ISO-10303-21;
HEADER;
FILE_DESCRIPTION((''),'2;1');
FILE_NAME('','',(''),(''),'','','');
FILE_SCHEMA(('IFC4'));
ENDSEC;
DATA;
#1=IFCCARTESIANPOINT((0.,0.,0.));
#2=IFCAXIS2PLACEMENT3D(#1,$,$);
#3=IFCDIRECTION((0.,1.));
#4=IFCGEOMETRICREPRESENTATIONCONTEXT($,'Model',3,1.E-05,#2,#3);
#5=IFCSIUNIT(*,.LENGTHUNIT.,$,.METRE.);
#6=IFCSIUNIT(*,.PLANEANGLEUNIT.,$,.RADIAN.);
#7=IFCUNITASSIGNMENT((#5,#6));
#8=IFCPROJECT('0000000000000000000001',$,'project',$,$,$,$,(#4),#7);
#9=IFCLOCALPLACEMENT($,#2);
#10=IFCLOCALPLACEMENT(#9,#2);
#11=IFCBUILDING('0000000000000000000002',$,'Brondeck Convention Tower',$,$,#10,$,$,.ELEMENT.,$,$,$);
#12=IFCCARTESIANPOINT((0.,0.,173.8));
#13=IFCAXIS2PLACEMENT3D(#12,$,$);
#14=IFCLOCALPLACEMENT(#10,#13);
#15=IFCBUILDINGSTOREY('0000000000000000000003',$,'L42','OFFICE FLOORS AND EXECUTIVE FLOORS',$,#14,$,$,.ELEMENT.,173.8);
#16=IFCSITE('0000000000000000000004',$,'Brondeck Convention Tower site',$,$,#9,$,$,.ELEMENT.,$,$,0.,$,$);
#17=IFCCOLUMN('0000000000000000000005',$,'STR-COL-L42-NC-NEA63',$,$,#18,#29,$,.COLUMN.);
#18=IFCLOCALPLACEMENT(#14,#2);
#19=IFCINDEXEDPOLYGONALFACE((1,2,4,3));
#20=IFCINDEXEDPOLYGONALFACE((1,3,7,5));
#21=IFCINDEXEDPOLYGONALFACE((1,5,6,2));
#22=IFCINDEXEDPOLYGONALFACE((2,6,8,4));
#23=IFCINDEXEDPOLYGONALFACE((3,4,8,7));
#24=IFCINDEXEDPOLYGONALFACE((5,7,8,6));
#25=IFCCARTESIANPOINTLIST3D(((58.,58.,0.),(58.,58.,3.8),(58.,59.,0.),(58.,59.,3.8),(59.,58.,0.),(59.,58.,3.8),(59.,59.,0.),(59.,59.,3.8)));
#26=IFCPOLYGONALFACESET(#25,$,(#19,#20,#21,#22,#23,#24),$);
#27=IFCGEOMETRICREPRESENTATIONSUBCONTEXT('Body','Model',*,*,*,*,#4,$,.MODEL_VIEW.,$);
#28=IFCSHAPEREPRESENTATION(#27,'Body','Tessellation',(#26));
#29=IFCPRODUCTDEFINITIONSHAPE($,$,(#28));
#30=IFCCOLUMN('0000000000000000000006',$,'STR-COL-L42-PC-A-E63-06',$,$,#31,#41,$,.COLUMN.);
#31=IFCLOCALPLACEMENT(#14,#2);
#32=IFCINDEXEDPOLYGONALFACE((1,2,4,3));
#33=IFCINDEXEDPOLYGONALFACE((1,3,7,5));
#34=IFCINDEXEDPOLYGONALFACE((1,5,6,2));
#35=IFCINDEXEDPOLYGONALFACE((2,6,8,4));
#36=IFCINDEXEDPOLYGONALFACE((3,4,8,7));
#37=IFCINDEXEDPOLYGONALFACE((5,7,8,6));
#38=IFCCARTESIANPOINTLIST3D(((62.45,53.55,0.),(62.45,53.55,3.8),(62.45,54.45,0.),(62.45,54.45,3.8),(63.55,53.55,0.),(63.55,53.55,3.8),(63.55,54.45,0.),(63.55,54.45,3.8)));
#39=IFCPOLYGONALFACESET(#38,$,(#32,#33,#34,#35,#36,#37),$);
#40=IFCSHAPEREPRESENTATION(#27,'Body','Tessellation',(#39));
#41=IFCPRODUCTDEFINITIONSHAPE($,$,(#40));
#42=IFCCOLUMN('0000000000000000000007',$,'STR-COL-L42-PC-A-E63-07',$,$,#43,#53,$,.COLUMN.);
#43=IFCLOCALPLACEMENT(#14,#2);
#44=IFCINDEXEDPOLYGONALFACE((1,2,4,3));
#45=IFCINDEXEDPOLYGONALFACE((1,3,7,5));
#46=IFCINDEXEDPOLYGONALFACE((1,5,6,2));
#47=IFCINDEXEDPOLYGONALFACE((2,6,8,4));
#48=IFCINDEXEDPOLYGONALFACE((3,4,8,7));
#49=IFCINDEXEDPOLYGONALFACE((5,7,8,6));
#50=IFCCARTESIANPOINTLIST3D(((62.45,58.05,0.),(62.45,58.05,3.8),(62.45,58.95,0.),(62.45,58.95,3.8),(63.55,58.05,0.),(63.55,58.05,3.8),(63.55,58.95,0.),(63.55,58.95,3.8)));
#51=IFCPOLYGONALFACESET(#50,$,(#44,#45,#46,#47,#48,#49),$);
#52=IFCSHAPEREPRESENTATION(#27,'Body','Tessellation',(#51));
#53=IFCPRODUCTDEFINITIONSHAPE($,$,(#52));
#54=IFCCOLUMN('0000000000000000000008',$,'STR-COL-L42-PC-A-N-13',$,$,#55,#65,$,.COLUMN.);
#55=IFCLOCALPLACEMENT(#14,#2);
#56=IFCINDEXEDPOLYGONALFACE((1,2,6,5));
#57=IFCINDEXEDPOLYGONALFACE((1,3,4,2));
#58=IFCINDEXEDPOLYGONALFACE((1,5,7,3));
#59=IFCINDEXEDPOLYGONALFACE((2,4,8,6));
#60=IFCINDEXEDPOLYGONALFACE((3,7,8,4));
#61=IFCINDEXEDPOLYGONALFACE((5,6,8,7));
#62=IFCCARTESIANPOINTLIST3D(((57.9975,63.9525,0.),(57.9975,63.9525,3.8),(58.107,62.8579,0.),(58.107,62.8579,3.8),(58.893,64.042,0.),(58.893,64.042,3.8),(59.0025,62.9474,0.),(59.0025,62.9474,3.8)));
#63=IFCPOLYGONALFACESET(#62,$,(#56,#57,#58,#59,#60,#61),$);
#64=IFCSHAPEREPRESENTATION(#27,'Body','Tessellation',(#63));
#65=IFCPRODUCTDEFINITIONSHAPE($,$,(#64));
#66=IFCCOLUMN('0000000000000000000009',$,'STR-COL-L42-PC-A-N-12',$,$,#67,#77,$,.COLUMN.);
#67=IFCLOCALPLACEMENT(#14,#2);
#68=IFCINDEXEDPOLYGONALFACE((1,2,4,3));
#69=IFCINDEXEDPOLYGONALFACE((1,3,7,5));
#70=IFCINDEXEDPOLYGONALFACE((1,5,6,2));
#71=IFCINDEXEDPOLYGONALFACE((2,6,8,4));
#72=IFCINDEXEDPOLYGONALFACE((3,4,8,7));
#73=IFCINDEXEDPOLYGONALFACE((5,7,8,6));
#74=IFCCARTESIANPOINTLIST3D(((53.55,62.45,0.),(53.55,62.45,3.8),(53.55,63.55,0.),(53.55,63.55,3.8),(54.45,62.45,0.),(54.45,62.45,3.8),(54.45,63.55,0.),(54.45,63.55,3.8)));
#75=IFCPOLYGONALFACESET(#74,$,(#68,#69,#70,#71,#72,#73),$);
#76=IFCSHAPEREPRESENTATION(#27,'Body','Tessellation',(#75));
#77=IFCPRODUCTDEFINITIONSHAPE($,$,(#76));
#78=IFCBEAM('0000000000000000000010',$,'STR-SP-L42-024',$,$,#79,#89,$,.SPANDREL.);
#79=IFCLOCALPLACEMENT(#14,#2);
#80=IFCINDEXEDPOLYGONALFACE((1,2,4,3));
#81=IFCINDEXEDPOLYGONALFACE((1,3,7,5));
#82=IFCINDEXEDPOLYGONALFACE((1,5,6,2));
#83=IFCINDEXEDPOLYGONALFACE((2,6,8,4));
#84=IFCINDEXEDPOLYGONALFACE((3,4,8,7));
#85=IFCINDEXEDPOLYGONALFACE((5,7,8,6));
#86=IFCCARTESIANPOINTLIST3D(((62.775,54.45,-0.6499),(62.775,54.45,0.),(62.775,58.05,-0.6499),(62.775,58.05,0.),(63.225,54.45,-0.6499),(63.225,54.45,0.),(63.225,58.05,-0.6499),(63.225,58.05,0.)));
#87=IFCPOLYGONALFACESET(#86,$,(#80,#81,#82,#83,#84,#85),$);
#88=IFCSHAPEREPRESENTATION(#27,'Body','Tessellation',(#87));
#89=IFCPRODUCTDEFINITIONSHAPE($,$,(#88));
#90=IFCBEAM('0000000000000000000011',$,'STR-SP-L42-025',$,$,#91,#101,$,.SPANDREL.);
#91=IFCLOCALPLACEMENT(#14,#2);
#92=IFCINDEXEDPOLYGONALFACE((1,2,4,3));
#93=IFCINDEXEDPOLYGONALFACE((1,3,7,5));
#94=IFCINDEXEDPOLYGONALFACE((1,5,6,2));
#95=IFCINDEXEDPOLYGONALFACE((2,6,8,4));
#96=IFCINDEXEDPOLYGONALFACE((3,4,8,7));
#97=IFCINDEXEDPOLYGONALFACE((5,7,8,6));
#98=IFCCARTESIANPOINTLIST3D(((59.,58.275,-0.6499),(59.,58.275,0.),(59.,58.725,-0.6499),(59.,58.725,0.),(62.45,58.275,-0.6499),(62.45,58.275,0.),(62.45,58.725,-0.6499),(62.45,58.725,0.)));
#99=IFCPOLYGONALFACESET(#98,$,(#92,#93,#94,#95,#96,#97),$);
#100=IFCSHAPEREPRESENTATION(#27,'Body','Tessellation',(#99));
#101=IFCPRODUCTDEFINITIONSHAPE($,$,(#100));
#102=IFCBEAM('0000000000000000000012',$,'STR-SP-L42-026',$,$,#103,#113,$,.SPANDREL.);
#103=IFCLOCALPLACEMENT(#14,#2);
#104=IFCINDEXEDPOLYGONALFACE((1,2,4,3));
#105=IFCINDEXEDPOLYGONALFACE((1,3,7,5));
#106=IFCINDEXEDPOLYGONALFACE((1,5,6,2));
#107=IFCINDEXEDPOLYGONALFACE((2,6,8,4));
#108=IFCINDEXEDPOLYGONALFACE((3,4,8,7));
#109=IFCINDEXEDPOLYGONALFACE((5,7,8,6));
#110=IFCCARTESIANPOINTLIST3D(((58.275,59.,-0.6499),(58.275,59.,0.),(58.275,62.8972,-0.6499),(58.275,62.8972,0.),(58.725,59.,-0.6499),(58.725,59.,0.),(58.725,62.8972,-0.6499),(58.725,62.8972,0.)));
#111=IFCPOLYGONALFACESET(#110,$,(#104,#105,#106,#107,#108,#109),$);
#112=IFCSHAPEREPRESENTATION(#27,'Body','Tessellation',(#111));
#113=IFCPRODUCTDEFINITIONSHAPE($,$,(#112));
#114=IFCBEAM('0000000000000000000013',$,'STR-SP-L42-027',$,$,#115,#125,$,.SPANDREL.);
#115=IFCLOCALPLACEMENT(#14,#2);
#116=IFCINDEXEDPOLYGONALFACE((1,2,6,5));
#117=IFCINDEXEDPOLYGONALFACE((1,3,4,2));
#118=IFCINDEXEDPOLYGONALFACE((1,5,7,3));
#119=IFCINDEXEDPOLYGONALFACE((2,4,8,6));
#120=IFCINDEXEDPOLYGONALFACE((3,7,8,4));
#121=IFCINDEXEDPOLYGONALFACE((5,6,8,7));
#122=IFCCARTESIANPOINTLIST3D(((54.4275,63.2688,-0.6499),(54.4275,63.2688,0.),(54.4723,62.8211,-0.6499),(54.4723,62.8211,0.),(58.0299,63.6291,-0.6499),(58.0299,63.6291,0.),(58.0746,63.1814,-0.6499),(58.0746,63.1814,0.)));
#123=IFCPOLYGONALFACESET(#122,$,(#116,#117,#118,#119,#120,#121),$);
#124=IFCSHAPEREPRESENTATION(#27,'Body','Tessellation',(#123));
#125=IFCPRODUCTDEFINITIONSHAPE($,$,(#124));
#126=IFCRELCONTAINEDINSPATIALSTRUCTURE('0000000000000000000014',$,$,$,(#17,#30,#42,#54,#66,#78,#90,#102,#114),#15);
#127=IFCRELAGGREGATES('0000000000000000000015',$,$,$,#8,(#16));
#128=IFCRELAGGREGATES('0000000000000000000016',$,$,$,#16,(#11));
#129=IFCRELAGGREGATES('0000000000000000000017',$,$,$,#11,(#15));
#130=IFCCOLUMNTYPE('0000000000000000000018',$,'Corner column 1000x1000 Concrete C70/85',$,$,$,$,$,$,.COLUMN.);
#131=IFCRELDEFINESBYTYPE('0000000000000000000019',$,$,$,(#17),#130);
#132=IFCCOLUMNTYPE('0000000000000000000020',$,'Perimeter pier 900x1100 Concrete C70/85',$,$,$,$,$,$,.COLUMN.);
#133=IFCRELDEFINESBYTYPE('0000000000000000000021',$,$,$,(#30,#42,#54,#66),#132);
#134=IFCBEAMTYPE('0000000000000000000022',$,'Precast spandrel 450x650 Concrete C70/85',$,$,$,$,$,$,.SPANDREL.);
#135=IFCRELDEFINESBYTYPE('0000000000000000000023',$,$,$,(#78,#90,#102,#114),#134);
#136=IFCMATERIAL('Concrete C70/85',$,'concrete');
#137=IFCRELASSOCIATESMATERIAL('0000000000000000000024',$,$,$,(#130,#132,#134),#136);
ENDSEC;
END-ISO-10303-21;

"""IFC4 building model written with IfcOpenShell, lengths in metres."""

from ifc_helpers import new_model, si_unit, direction, frame, origin, origin_2d, place, context, subcontext, project, spatial, rectangle, extrude, material, material_profile, profile_set, type_object, element, save


model = new_model("IFC4")

# Units and contexts
model_context = context("Model", 3, precision=1e-05, world=origin(), true_north=direction((0.0, 1.0)))
body_context = subcontext(model_context, "Body", "Model", "MODEL_VIEW")
ifc_project = project(units=[si_unit("LENGTHUNIT", "METRE"), si_unit("PLANEANGLEUNIT", "RADIAN")], contexts=[model_context])

# Site, building, storey
site_placement = place(None, origin())
site = spatial("IfcSite", under=ifc_project, at=site_placement, Name="Brondeck Convention Tower site", CompositionType="ELEMENT", RefElevation=0.0)
building_placement = place(site_placement, origin())
building = spatial("IfcBuilding", under=site, at=building_placement, Name="Brondeck Convention Tower", CompositionType="ELEMENT")
storey_placement = place(building_placement, frame((0.0, 0.0, 173.8)))
storey = spatial("IfcBuildingStorey", under=building, at=storey_placement, Name="L42", Description="OFFICE FLOORS AND EXECUTIVE FLOORS", CompositionType="ELEMENT", Elevation=173.8)

# Columns
ifc_material_1 = material(Name="Concrete C70/85", Category="concrete")
ifc_material_profile_1 = material_profile(ifc_material_1, rectangle(XDim=1.0, YDim=1.0, at=origin_2d()), Name="Corner column 1000x1000 Concrete C70/85")
ifc_profile_set_1 = profile_set([ifc_material_profile_1], Name="Concrete C70/85")
column_type_1 = type_object("IfcColumnType", Name="Corner column 1000x1000 Concrete C70/85", PredefinedType="COLUMN", material=ifc_profile_set_1)
column_placement = place(storey_placement, frame((58.5, 58.5, 0.0), z_axis=(0.0, 0.0, 1.0), x_axis=(1.0, 0.0, 0.0)))
element("IfcColumn", 1, at=column_placement, inside=storey, type_object=column_type_1, Name="STR-COL-L42-NC-NEA63", PredefinedType="COLUMN", context=body_context, shape_type="SweptSolid", body=[
    extrude(rectangle(XDim=1.0, YDim=1.0, at=origin_2d()), origin(), (0.0, 0.0, 1.0), 3.8),
])
ifc_material_profile_2 = material_profile(ifc_material_1, rectangle(XDim=0.8999, YDim=1.1001, at=origin_2d()), Name="Perimeter pier 900x1100 Concrete C70/85")
ifc_profile_set_2 = profile_set([ifc_material_profile_2], Name="Concrete C70/85")
column_type_2 = type_object("IfcColumnType", Name="Perimeter pier 900x1100 Concrete C70/85", PredefinedType="COLUMN", material=ifc_profile_set_2)
for number, where, z_axis, x_axis, name in (
    (2, (63.0, 54.0, 0.0), (0.0, 0.0, 1.0), (0.0, 1.0, 0.0), "STR-COL-L42-PC-A-E63-06"),
    (3, (63.0, 58.5, 0.0), (0.0, 0.0, 1.0), (0.0, 1.0, 0.0), "STR-COL-L42-PC-A-E63-07"),
    (4, (58.5, 63.45, 0.0), (0.0, 0.0, 1.0), (-0.995037, -0.099504, 0.0), "STR-COL-L42-PC-A-N-13"),
    (5, (54.0, 63.0, 0.0), (0.0, 0.0, 1.0), (-1.0, 0.0, 0.0), "STR-COL-L42-PC-A-N-12"),
):
    element("IfcColumn", number, at=place(storey_placement, frame(where, z_axis=z_axis, x_axis=x_axis)), inside=storey, type_object=column_type_2, Name=name, PredefinedType="COLUMN", context=body_context, shape_type="SweptSolid", body=[
        extrude(rectangle(XDim=0.8999, YDim=1.1001, at=origin_2d()), origin(), (0.0, 0.0, 1.0), 3.8),
    ])

# Beams
ifc_material_profile_3 = material_profile(ifc_material_1, rectangle(XDim=0.45, YDim=0.6499, at=origin_2d()), Name="Precast spandrel 450x650 Concrete C70/85")
ifc_profile_set_3 = profile_set([ifc_material_profile_3], Name="Concrete C70/85")
beam_type = type_object("IfcBeamType", Name="Precast spandrel 450x650 Concrete C70/85", PredefinedType="SPANDREL", material=ifc_profile_set_3)
beam_1_placement = place(storey_placement, frame((63.0, 54.45, -0.325), z_axis=(0.0, 1.0, 0.0), x_axis=(-1.0, 0.0, 0.0)))
element("IfcBeam", 6, at=beam_1_placement, inside=storey, type_object=beam_type, Name="STR-SP-L42-024", PredefinedType="SPANDREL", context=body_context, shape_type="SweptSolid", body=[
    extrude(rectangle(XDim=0.45, YDim=0.6499, at=origin_2d()), origin(), (0.0, 0.0, 1.0), 3.6001),
])
beam_2_placement = place(storey_placement, frame((62.45, 58.5, -0.325), z_axis=(-1.0, 0.0, 0.0), x_axis=(0.0, -1.0, 0.0)))
element("IfcBeam", 7, at=beam_2_placement, inside=storey, type_object=beam_type, Name="STR-SP-L42-025", PredefinedType="SPANDREL", context=body_context, shape_type="SweptSolid", body=[
    extrude(rectangle(XDim=0.45, YDim=0.6499, at=origin_2d()), origin(), (0.0, 0.0, 1.0), 3.45),
])
beam_3_placement = place(storey_placement, frame((58.5, 59.0, -0.325), z_axis=(0.0, 1.0, 0.0), x_axis=(-1.0, 0.0, 0.0)))
element("IfcBeam", 8, at=beam_3_placement, inside=storey, type_object=beam_type, Name="STR-SP-L42-026", PredefinedType="SPANDREL", context=body_context, shape_type="SweptSolid", body=[
    extrude(rectangle(XDim=0.45, YDim=0.6499, at=origin_2d()), origin(), (0.0, 0.0, 1.0), 3.8972),
])
beam_4_placement = place(storey_placement, frame((58.0522, 63.4053, -0.325), z_axis=(-0.995034, -0.099537, 0.0), x_axis=(0.099537, -0.995034, 0.0)))
element("IfcBeam", 9, at=beam_4_placement, inside=storey, type_object=beam_type, Name="STR-SP-L42-027", PredefinedType="SPANDREL", context=body_context, shape_type="SweptSolid", body=[
    extrude(rectangle(XDim=0.45, YDim=0.6499, at=origin_2d()), origin(), (0.0, 0.0, 1.0), 3.6204),
])

save(model, "model.ifc")
